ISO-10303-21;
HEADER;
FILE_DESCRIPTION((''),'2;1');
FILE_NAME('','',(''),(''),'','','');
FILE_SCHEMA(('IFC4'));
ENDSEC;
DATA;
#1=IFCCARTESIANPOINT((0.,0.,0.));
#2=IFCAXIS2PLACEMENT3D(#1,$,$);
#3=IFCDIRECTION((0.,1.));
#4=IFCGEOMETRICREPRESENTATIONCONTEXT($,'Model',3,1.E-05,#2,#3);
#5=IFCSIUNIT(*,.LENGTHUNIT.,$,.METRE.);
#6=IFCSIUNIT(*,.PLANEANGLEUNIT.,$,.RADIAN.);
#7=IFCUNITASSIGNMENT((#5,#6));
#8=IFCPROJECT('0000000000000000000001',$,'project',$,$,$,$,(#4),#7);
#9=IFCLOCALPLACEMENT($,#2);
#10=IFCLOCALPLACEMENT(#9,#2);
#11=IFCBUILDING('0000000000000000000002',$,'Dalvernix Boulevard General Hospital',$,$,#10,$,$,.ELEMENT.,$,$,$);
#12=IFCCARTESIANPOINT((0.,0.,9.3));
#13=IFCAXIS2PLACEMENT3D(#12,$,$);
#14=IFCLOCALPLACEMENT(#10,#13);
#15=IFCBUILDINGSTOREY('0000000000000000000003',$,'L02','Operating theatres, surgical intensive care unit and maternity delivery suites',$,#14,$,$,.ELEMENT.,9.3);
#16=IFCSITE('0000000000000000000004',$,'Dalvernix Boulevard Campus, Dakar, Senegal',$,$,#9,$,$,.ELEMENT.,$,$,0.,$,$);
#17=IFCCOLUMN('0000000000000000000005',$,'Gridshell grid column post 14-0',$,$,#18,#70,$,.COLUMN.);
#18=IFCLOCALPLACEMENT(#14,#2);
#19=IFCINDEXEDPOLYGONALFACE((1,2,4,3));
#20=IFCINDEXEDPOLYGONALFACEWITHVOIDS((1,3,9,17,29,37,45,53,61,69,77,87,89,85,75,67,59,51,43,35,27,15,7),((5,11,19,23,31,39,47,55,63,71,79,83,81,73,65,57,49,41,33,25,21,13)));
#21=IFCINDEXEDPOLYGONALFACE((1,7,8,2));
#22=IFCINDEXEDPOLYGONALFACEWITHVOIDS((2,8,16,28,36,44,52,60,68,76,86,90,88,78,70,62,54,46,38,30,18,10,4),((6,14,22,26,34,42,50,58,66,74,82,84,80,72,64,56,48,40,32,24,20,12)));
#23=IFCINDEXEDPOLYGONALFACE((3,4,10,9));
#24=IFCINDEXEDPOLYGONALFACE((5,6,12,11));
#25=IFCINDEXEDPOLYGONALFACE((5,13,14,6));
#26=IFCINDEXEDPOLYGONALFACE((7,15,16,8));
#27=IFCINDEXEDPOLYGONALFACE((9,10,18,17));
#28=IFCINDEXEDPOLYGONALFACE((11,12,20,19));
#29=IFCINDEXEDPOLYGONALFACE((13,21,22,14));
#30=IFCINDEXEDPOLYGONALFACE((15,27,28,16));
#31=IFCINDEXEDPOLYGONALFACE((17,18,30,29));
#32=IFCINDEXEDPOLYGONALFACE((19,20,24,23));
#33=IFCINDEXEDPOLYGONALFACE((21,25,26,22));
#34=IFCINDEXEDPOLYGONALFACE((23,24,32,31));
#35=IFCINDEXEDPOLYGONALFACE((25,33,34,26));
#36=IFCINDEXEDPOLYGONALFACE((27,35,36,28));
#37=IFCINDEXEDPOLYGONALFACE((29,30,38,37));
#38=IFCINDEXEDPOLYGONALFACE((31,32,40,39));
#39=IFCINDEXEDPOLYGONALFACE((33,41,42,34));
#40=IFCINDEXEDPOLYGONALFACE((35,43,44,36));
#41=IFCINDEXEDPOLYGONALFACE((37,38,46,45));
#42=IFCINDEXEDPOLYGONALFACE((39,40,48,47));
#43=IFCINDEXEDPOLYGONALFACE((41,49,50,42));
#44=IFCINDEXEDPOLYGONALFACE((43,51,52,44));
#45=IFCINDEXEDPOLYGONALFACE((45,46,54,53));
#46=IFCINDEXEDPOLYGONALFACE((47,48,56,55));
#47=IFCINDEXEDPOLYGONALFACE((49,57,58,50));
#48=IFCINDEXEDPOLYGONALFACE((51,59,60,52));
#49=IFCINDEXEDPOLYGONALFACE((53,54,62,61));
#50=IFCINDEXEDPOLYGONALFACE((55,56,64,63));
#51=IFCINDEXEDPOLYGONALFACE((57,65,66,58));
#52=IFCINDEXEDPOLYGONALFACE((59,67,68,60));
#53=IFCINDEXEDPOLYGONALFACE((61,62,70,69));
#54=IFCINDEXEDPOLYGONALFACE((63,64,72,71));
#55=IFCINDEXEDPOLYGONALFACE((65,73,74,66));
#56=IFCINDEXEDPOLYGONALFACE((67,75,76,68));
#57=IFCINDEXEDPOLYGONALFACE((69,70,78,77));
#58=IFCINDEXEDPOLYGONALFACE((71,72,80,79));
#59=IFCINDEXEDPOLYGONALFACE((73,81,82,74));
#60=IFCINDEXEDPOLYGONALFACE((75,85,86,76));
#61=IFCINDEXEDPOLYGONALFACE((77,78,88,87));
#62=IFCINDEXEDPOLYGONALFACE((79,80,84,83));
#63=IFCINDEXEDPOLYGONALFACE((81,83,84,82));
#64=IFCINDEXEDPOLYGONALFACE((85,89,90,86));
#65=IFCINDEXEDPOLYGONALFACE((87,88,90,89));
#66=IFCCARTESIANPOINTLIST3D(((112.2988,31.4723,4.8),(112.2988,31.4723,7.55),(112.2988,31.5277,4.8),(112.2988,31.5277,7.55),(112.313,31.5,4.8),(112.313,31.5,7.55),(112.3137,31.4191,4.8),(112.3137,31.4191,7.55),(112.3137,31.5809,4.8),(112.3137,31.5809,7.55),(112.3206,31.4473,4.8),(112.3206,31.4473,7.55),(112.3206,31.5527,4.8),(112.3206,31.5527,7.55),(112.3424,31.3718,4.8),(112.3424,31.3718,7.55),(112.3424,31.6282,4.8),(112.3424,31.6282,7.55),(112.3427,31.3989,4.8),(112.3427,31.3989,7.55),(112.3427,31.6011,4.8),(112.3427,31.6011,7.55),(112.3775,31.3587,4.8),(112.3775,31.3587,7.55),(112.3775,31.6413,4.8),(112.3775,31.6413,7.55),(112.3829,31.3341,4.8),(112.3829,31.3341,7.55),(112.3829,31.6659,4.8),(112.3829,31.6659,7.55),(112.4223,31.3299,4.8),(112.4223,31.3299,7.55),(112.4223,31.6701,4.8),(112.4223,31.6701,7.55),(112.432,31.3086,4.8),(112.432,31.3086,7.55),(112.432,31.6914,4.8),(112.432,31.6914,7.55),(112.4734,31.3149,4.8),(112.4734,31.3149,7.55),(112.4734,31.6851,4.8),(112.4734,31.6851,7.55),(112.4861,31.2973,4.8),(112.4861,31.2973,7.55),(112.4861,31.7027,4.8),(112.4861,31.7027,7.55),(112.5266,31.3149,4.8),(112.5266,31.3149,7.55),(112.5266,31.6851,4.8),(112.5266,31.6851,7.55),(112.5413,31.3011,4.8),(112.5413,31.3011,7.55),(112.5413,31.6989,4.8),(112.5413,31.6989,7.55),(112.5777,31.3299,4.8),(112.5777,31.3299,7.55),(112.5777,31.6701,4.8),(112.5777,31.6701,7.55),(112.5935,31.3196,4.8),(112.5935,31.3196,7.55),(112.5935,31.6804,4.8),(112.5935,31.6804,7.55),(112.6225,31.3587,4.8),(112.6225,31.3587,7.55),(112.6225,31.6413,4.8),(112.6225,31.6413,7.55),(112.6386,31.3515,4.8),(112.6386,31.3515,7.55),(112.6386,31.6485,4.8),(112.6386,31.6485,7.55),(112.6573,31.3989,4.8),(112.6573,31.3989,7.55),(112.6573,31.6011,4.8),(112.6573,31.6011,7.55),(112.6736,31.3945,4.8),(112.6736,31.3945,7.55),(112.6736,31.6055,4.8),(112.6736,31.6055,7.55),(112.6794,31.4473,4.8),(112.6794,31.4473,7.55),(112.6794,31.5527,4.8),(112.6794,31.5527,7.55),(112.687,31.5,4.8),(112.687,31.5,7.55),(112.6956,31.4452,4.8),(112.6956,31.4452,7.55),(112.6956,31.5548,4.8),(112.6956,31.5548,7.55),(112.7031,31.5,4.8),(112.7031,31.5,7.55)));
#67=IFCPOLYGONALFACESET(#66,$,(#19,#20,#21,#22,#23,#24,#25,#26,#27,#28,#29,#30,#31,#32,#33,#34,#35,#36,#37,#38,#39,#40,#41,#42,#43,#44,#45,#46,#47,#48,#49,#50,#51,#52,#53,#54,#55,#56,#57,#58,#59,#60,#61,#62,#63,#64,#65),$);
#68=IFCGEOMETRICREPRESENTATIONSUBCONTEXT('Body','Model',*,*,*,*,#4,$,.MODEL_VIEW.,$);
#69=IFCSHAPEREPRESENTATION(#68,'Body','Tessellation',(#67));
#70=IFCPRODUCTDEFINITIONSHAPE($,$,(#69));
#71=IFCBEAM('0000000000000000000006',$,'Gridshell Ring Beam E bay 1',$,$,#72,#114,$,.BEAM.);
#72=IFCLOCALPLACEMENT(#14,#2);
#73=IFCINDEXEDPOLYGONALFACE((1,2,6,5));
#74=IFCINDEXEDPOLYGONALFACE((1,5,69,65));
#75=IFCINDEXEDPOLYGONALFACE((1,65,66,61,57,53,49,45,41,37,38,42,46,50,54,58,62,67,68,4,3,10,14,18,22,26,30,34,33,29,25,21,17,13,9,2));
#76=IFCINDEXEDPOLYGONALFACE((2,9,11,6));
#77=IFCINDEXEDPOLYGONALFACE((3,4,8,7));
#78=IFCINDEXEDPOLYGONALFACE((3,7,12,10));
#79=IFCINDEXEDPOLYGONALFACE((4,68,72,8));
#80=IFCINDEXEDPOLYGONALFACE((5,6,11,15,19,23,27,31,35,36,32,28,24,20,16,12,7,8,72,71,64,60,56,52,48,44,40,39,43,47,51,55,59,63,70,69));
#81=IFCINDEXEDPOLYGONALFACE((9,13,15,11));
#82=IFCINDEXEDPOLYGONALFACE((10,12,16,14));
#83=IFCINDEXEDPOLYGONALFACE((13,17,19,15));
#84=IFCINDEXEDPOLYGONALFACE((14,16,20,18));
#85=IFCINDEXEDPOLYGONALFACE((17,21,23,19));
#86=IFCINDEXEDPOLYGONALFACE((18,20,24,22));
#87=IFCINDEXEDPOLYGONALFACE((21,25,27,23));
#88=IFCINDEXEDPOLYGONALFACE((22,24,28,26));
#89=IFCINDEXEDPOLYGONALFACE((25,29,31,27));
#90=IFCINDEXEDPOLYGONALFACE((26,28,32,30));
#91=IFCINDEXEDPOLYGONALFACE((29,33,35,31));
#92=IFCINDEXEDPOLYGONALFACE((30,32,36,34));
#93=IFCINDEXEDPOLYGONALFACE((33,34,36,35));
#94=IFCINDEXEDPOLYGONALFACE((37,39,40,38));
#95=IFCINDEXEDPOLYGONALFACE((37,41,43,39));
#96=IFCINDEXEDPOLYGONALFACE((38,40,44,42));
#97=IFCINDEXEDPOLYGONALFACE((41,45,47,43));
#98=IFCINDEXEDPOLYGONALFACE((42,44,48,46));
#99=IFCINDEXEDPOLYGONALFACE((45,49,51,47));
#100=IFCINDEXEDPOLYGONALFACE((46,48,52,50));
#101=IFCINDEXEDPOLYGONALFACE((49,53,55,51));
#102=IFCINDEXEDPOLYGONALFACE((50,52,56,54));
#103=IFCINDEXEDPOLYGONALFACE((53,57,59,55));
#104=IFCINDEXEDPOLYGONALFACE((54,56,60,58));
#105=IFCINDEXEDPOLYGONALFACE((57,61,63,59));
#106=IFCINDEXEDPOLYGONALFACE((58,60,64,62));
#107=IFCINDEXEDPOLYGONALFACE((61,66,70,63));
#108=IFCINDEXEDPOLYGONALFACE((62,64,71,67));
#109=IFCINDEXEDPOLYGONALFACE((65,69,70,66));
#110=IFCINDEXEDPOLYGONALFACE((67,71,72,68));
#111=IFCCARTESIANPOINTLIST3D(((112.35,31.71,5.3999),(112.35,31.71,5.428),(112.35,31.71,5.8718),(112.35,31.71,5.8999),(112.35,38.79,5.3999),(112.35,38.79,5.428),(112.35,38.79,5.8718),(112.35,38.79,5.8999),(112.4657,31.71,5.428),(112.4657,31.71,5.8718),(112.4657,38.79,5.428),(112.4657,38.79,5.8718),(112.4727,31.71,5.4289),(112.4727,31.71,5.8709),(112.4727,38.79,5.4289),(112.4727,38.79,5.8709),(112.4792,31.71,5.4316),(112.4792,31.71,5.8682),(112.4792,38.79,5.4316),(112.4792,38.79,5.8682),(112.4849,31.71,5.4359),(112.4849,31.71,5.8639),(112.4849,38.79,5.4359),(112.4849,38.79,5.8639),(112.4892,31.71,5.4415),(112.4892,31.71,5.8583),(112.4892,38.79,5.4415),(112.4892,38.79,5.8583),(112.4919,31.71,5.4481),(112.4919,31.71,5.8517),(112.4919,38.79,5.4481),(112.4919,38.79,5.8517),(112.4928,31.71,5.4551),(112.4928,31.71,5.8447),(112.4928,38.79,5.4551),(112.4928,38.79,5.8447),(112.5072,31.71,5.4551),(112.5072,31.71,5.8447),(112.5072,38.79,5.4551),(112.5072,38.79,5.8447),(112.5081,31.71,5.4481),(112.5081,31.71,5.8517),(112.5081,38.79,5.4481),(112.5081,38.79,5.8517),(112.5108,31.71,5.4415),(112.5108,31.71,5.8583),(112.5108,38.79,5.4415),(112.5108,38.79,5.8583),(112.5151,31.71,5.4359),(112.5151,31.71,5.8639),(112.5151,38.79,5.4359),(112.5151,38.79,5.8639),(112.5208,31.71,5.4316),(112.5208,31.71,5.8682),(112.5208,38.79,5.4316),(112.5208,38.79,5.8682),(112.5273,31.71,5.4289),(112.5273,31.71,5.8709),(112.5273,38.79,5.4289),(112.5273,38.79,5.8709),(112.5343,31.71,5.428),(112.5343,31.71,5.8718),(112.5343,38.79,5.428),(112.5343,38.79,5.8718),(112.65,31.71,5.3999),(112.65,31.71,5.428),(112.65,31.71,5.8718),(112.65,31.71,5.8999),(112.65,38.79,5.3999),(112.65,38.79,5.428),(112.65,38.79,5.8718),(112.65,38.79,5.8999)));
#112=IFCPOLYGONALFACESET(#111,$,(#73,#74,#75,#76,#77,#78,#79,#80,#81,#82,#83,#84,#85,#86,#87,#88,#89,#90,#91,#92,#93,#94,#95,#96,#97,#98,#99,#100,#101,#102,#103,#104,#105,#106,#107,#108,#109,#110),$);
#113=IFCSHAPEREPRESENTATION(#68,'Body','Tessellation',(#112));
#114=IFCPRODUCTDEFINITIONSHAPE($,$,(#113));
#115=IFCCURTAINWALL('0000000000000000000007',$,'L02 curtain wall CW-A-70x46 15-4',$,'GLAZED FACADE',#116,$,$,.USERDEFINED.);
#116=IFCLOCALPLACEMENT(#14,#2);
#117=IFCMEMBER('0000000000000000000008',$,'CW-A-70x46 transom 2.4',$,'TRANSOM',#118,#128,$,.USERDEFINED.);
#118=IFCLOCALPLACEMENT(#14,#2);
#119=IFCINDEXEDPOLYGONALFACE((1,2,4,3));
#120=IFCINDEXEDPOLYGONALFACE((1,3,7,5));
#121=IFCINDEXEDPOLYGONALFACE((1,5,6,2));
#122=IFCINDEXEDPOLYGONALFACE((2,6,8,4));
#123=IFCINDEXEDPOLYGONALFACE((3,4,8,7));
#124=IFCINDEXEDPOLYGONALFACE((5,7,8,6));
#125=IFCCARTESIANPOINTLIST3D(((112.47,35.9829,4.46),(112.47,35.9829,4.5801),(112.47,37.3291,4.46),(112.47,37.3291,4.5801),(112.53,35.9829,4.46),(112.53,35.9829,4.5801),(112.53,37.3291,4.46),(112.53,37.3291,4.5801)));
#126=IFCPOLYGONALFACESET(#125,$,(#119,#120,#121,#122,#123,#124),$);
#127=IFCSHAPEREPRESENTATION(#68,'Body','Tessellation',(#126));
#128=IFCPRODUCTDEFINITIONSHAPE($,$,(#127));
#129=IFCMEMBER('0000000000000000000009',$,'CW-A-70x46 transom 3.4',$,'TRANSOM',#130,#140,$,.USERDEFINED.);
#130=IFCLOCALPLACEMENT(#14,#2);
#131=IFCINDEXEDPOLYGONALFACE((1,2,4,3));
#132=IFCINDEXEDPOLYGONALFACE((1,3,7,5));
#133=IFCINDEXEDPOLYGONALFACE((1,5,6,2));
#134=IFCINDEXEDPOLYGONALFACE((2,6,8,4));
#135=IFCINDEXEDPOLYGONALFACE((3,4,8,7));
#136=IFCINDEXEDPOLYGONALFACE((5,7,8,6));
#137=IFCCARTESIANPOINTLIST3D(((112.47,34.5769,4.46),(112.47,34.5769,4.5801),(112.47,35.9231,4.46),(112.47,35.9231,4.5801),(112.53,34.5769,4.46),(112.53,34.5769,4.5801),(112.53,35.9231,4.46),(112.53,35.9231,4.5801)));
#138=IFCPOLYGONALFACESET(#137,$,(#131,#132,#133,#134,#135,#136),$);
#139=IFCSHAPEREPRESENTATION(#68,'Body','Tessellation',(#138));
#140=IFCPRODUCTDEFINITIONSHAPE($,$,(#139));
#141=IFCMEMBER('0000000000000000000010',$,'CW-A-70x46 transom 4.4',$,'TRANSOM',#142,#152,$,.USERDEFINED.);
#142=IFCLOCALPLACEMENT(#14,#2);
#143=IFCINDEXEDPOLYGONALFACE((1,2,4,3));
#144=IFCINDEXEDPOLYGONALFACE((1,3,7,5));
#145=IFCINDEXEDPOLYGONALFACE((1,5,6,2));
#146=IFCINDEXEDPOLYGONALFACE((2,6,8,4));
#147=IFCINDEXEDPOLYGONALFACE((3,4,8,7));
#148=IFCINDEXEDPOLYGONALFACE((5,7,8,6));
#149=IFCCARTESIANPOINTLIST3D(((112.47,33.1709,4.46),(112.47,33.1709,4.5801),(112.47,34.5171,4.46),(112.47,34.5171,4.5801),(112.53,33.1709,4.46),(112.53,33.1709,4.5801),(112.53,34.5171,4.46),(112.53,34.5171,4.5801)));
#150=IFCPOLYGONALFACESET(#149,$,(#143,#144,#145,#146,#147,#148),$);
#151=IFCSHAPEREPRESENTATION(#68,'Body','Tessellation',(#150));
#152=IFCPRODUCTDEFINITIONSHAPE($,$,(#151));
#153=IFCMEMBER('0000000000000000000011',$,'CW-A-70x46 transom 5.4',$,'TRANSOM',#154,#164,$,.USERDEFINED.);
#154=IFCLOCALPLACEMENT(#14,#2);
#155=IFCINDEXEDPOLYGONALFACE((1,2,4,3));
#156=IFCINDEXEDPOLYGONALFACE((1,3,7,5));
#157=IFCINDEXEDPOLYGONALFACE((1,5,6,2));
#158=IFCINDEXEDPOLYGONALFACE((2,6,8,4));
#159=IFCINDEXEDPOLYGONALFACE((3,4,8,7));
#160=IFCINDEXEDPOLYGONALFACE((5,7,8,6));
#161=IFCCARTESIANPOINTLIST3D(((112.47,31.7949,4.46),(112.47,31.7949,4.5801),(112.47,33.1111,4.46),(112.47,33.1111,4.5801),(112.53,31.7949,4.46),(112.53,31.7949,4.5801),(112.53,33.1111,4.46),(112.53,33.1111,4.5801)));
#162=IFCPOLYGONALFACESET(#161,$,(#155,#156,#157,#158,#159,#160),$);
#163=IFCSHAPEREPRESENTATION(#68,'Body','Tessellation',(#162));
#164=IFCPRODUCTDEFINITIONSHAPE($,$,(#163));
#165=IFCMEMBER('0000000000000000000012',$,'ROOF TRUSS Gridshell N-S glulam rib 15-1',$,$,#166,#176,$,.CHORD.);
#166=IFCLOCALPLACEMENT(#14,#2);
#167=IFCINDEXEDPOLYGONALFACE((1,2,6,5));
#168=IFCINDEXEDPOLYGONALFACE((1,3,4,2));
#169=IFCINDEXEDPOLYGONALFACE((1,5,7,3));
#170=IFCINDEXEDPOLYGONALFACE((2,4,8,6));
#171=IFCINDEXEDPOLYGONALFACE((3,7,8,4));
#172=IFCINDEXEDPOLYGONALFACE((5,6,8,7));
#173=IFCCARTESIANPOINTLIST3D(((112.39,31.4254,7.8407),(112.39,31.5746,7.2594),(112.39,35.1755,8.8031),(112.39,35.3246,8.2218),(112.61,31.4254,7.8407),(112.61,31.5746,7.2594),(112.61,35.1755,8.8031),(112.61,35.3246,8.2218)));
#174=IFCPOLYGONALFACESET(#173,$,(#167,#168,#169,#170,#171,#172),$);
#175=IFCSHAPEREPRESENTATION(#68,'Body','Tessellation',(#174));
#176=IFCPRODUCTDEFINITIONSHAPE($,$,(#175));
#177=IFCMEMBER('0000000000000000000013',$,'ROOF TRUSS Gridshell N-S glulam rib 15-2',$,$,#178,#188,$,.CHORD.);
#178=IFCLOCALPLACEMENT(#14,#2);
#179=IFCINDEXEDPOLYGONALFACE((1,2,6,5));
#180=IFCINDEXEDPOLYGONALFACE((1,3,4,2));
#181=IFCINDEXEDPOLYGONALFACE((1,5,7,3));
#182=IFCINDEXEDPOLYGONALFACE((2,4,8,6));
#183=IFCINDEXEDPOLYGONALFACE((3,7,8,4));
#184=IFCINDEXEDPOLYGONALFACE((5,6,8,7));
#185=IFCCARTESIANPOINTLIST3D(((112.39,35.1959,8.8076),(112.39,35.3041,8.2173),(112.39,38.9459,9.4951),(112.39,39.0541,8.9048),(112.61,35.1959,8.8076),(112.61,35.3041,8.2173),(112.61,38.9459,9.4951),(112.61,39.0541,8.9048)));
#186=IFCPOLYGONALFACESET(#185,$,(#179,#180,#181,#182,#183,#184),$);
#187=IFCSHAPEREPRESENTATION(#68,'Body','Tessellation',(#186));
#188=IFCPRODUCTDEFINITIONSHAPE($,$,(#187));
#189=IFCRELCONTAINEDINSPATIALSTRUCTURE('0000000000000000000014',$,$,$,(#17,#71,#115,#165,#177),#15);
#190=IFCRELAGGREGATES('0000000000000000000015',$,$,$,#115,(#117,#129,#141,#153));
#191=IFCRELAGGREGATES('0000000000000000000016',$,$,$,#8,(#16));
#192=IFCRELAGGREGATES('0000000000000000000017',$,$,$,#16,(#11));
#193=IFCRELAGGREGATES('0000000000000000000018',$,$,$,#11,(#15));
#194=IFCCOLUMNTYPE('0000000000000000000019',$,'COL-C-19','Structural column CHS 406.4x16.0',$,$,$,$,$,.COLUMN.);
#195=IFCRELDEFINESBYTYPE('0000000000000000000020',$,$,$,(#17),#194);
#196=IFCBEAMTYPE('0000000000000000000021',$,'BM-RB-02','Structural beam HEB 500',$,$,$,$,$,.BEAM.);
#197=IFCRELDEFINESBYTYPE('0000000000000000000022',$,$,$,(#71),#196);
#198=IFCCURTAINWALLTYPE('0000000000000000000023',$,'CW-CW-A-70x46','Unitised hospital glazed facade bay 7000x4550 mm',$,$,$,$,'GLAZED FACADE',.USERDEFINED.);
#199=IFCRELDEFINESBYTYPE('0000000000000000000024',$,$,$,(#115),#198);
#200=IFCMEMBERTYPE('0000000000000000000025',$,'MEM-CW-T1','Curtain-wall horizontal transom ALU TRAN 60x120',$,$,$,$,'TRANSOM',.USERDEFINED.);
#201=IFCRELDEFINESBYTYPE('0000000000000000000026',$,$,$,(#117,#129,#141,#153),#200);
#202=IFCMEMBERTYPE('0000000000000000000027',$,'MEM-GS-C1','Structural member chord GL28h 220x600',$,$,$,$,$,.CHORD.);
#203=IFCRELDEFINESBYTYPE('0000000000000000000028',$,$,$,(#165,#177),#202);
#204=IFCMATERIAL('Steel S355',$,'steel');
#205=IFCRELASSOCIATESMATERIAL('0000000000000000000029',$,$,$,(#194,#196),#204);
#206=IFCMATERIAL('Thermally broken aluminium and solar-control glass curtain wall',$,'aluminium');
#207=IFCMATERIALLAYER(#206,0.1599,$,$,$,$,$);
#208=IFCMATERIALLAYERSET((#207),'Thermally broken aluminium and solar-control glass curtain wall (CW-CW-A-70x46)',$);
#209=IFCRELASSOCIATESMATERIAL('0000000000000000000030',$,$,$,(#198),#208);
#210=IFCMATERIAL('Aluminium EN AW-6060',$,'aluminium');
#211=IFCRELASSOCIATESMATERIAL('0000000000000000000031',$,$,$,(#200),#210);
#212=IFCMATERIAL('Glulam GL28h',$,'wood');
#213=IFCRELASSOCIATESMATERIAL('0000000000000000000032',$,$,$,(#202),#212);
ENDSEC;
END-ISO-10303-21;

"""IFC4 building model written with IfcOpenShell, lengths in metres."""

from ifc_helpers import new_model, si_unit, direction, frame, origin, origin_2d, place, context, subcontext, project, spatial, rectangle, hollow_circle, i_section, extrude, material, layer, layer_set, material_profile, profile_set, type_object, element, aggregate, save


model = new_model("IFC4")

# Units and contexts
model_context = context("Model", 3, precision=1e-05, world=origin(), true_north=direction((0.0, 1.0)))
body_context = subcontext(model_context, "Body", "Model", "MODEL_VIEW")
ifc_project = project(units=[si_unit("LENGTHUNIT", "METRE"), si_unit("PLANEANGLEUNIT", "RADIAN")], contexts=[model_context])

# Site, building, storey
site_placement = place(None, origin())
site = spatial("IfcSite", under=ifc_project, at=site_placement, Name="Dalvernix Boulevard Campus, Dakar, Senegal", CompositionType="ELEMENT", RefElevation=0.0)
building_placement = place(site_placement, origin())
building = spatial("IfcBuilding", under=site, at=building_placement, Name="Dalvernix Boulevard General Hospital", CompositionType="ELEMENT")
storey_placement = place(building_placement, frame((0.0, 0.0, 9.3)))
storey = spatial("IfcBuildingStorey", under=building, at=storey_placement, Name="L02", Description="Operating theatres, surgical intensive care unit and maternity delivery suites", CompositionType="ELEMENT", Elevation=9.3)

# Column
ifc_material_1 = material(Name="Steel S355", Category="steel")
ifc_material_profile_1 = material_profile(ifc_material_1, hollow_circle(Radius=0.2031, WallThickness=0.0161, at=origin_2d()), Name="CHS 406.4x16.0")
ifc_profile_set_1 = profile_set([ifc_material_profile_1], Name="Steel S355")
column_type = type_object("IfcColumnType", Name="COL-C-19", Description="Structural column CHS 406.4x16.0", PredefinedType="COLUMN", material=ifc_profile_set_1)
column_placement = place(storey_placement, frame((112.5, 31.5, 4.8), z_axis=(0.0, 0.0, 1.0), x_axis=(1.0, 0.0, 0.0)))
element("IfcColumn", 1, at=column_placement, inside=storey, type_object=column_type, Name="Gridshell grid column post 14-0", PredefinedType="COLUMN", context=body_context, shape_type="SweptSolid", body=[
    extrude(hollow_circle(Radius=0.2031, WallThickness=0.0161, at=origin_2d()), origin(), (0.0, 0.0, 1.0), 2.75),
])

# Beam
ifc_material_profile_2 = material_profile(ifc_material_1, i_section(OverallWidth=0.3, OverallDepth=0.5, WebThickness=0.0144, FlangeThickness=0.0281, FilletRadius=0.0271, at=origin_2d()), Name="HEB 500")
ifc_profile_set_2 = profile_set([ifc_material_profile_2], Name="Steel S355")
beam_type = type_object("IfcBeamType", Name="BM-RB-02", Description="Structural beam HEB 500", PredefinedType="BEAM", material=ifc_profile_set_2)
beam_placement = place(storey_placement, frame((112.5, 31.71, 5.6499), z_axis=(0.0, 1.0, 0.0), x_axis=(-1.0, 0.0, 0.0)))
element("IfcBeam", 2, at=beam_placement, inside=storey, type_object=beam_type, Name="Gridshell Ring Beam E bay 1", PredefinedType="BEAM", context=body_context, shape_type="SweptSolid", body=[
    extrude(i_section(OverallWidth=0.3, OverallDepth=0.5, WebThickness=0.0144, FlangeThickness=0.0281, FilletRadius=0.0271, at=origin_2d()), origin(), (0.0, 0.0, 1.0), 7.0801),
])

# Curtain wall, members
ifc_material_2 = material(Name="Thermally broken aluminium and solar-control glass curtain wall", Category="aluminium")
ifc_layer_1 = layer(ifc_material_2, 0.1599)
ifc_layer_set_1 = layer_set([ifc_layer_1], Name="Thermally broken aluminium and solar-control glass curtain wall (CW-CW-A-70x46)")
curtain_wall_type = type_object("IfcCurtainWallType", Name="CW-CW-A-70x46", Description="Unitised hospital glazed facade bay 7000x4550 mm", ElementType="GLAZED FACADE", PredefinedType="USERDEFINED", material=ifc_layer_set_1)
curtain_wall_placement = place(storey_placement, origin())
curtain_wall = element("IfcCurtainWall", 3, at=curtain_wall_placement, inside=storey, type_object=curtain_wall_type, Name="L02 curtain wall CW-A-70x46 15-4", ObjectType="GLAZED FACADE", PredefinedType="USERDEFINED")
ifc_material_3 = material(Name="Aluminium EN AW-6060", Category="aluminium")
ifc_material_profile_3 = material_profile(ifc_material_3, rectangle(XDim=0.0601, YDim=0.1201, at=origin_2d()), Name="ALU TRAN 60x120")
ifc_profile_set_3 = profile_set([ifc_material_profile_3], Name="Aluminium EN AW-6060")
member_type_1 = type_object("IfcMemberType", Name="MEM-CW-T1", Description="Curtain-wall horizontal transom ALU TRAN 60x120", ElementType="TRANSOM", PredefinedType="USERDEFINED", material=ifc_profile_set_3)
member_1_placement = place(storey_placement, frame((112.5, 37.3291, 4.52), z_axis=(0.0, -1.0, 0.0), x_axis=(1.0, 0.0, 0.0)))
member_1 = element("IfcMember", 4, at=member_1_placement, type_object=member_type_1, Name="CW-A-70x46 transom 2.4", ObjectType="TRANSOM", PredefinedType="USERDEFINED", context=body_context, shape_type="SweptSolid", body=[
    extrude(rectangle(XDim=0.0601, YDim=0.1201, at=origin_2d()), origin(), (0.0, 0.0, 1.0), 1.3462),
])
member_2_placement = place(storey_placement, frame((112.5, 35.9231, 4.52), z_axis=(0.0, -1.0, 0.0), x_axis=(1.0, 0.0, 0.0)))
member_2 = element("IfcMember", 5, at=member_2_placement, type_object=member_type_1, Name="CW-A-70x46 transom 3.4", ObjectType="TRANSOM", PredefinedType="USERDEFINED", context=body_context, shape_type="SweptSolid", body=[
    extrude(rectangle(XDim=0.0601, YDim=0.1201, at=origin_2d()), origin(), (0.0, 0.0, 1.0), 1.3462),
])
member_3_placement = place(storey_placement, frame((112.5, 34.5171, 4.52), z_axis=(0.0, -1.0, 0.0), x_axis=(1.0, 0.0, 0.0)))
member_3 = element("IfcMember", 6, at=member_3_placement, type_object=member_type_1, Name="CW-A-70x46 transom 4.4", ObjectType="TRANSOM", PredefinedType="USERDEFINED", context=body_context, shape_type="SweptSolid", body=[
    extrude(rectangle(XDim=0.0601, YDim=0.1201, at=origin_2d()), origin(), (0.0, 0.0, 1.0), 1.3462),
])
member_4_placement = place(storey_placement, frame((112.5, 33.1111, 4.52), z_axis=(0.0, -1.0, 0.0), x_axis=(1.0, 0.0, 0.0)))
member_4 = element("IfcMember", 7, at=member_4_placement, type_object=member_type_1, Name="CW-A-70x46 transom 5.4", ObjectType="TRANSOM", PredefinedType="USERDEFINED", context=body_context, shape_type="SweptSolid", body=[
    extrude(rectangle(XDim=0.0601, YDim=0.1201, at=origin_2d()), origin(), (0.0, 0.0, 1.0), 1.3162),
])

# Members
ifc_material_4 = material(Name="Glulam GL28h", Category="wood")
ifc_material_profile_4 = material_profile(ifc_material_4, rectangle(XDim=0.22, YDim=0.6001, at=origin_2d()), Name="GL28h 220x600")
ifc_profile_set_4 = profile_set([ifc_material_profile_4], Name="Glulam GL28h")
member_type_2 = type_object("IfcMemberType", Name="MEM-GS-C1", Description="Structural member chord GL28h 220x600", PredefinedType="CHORD", material=ifc_profile_set_4)
member_5_placement = place(storey_placement, frame((112.5, 31.5, 7.55), z_axis=(0.0, 0.96861, 0.248585), x_axis=(-1.0, 0.0, 0.0)))
element("IfcMember", 8, at=member_5_placement, inside=storey, type_object=member_type_2, Name="ROOF TRUSS Gridshell N-S glulam rib 15-1", PredefinedType="CHORD", context=body_context, shape_type="SweptSolid", body=[
    extrude(rectangle(XDim=0.22, YDim=0.6001, at=origin_2d()), origin(), (0.0, 0.0, 1.0), 3.8716),
])
member_6_placement = place(storey_placement, frame((112.5, 35.25, 8.5125), z_axis=(0.0, 0.983607, 0.180328), x_axis=(-1.0, 0.0, 0.0)))
element("IfcMember", 9, at=member_6_placement, inside=storey, type_object=member_type_2, Name="ROOF TRUSS Gridshell N-S glulam rib 15-2", PredefinedType="CHORD", context=body_context, shape_type="SweptSolid", body=[
    extrude(rectangle(XDim=0.22, YDim=0.6001, at=origin_2d()), origin(), (0.0, 0.0, 1.0), 3.8125),
])

aggregate(curtain_wall, [member_1, member_2, member_3, member_4])

save(model, "model.ifc")
